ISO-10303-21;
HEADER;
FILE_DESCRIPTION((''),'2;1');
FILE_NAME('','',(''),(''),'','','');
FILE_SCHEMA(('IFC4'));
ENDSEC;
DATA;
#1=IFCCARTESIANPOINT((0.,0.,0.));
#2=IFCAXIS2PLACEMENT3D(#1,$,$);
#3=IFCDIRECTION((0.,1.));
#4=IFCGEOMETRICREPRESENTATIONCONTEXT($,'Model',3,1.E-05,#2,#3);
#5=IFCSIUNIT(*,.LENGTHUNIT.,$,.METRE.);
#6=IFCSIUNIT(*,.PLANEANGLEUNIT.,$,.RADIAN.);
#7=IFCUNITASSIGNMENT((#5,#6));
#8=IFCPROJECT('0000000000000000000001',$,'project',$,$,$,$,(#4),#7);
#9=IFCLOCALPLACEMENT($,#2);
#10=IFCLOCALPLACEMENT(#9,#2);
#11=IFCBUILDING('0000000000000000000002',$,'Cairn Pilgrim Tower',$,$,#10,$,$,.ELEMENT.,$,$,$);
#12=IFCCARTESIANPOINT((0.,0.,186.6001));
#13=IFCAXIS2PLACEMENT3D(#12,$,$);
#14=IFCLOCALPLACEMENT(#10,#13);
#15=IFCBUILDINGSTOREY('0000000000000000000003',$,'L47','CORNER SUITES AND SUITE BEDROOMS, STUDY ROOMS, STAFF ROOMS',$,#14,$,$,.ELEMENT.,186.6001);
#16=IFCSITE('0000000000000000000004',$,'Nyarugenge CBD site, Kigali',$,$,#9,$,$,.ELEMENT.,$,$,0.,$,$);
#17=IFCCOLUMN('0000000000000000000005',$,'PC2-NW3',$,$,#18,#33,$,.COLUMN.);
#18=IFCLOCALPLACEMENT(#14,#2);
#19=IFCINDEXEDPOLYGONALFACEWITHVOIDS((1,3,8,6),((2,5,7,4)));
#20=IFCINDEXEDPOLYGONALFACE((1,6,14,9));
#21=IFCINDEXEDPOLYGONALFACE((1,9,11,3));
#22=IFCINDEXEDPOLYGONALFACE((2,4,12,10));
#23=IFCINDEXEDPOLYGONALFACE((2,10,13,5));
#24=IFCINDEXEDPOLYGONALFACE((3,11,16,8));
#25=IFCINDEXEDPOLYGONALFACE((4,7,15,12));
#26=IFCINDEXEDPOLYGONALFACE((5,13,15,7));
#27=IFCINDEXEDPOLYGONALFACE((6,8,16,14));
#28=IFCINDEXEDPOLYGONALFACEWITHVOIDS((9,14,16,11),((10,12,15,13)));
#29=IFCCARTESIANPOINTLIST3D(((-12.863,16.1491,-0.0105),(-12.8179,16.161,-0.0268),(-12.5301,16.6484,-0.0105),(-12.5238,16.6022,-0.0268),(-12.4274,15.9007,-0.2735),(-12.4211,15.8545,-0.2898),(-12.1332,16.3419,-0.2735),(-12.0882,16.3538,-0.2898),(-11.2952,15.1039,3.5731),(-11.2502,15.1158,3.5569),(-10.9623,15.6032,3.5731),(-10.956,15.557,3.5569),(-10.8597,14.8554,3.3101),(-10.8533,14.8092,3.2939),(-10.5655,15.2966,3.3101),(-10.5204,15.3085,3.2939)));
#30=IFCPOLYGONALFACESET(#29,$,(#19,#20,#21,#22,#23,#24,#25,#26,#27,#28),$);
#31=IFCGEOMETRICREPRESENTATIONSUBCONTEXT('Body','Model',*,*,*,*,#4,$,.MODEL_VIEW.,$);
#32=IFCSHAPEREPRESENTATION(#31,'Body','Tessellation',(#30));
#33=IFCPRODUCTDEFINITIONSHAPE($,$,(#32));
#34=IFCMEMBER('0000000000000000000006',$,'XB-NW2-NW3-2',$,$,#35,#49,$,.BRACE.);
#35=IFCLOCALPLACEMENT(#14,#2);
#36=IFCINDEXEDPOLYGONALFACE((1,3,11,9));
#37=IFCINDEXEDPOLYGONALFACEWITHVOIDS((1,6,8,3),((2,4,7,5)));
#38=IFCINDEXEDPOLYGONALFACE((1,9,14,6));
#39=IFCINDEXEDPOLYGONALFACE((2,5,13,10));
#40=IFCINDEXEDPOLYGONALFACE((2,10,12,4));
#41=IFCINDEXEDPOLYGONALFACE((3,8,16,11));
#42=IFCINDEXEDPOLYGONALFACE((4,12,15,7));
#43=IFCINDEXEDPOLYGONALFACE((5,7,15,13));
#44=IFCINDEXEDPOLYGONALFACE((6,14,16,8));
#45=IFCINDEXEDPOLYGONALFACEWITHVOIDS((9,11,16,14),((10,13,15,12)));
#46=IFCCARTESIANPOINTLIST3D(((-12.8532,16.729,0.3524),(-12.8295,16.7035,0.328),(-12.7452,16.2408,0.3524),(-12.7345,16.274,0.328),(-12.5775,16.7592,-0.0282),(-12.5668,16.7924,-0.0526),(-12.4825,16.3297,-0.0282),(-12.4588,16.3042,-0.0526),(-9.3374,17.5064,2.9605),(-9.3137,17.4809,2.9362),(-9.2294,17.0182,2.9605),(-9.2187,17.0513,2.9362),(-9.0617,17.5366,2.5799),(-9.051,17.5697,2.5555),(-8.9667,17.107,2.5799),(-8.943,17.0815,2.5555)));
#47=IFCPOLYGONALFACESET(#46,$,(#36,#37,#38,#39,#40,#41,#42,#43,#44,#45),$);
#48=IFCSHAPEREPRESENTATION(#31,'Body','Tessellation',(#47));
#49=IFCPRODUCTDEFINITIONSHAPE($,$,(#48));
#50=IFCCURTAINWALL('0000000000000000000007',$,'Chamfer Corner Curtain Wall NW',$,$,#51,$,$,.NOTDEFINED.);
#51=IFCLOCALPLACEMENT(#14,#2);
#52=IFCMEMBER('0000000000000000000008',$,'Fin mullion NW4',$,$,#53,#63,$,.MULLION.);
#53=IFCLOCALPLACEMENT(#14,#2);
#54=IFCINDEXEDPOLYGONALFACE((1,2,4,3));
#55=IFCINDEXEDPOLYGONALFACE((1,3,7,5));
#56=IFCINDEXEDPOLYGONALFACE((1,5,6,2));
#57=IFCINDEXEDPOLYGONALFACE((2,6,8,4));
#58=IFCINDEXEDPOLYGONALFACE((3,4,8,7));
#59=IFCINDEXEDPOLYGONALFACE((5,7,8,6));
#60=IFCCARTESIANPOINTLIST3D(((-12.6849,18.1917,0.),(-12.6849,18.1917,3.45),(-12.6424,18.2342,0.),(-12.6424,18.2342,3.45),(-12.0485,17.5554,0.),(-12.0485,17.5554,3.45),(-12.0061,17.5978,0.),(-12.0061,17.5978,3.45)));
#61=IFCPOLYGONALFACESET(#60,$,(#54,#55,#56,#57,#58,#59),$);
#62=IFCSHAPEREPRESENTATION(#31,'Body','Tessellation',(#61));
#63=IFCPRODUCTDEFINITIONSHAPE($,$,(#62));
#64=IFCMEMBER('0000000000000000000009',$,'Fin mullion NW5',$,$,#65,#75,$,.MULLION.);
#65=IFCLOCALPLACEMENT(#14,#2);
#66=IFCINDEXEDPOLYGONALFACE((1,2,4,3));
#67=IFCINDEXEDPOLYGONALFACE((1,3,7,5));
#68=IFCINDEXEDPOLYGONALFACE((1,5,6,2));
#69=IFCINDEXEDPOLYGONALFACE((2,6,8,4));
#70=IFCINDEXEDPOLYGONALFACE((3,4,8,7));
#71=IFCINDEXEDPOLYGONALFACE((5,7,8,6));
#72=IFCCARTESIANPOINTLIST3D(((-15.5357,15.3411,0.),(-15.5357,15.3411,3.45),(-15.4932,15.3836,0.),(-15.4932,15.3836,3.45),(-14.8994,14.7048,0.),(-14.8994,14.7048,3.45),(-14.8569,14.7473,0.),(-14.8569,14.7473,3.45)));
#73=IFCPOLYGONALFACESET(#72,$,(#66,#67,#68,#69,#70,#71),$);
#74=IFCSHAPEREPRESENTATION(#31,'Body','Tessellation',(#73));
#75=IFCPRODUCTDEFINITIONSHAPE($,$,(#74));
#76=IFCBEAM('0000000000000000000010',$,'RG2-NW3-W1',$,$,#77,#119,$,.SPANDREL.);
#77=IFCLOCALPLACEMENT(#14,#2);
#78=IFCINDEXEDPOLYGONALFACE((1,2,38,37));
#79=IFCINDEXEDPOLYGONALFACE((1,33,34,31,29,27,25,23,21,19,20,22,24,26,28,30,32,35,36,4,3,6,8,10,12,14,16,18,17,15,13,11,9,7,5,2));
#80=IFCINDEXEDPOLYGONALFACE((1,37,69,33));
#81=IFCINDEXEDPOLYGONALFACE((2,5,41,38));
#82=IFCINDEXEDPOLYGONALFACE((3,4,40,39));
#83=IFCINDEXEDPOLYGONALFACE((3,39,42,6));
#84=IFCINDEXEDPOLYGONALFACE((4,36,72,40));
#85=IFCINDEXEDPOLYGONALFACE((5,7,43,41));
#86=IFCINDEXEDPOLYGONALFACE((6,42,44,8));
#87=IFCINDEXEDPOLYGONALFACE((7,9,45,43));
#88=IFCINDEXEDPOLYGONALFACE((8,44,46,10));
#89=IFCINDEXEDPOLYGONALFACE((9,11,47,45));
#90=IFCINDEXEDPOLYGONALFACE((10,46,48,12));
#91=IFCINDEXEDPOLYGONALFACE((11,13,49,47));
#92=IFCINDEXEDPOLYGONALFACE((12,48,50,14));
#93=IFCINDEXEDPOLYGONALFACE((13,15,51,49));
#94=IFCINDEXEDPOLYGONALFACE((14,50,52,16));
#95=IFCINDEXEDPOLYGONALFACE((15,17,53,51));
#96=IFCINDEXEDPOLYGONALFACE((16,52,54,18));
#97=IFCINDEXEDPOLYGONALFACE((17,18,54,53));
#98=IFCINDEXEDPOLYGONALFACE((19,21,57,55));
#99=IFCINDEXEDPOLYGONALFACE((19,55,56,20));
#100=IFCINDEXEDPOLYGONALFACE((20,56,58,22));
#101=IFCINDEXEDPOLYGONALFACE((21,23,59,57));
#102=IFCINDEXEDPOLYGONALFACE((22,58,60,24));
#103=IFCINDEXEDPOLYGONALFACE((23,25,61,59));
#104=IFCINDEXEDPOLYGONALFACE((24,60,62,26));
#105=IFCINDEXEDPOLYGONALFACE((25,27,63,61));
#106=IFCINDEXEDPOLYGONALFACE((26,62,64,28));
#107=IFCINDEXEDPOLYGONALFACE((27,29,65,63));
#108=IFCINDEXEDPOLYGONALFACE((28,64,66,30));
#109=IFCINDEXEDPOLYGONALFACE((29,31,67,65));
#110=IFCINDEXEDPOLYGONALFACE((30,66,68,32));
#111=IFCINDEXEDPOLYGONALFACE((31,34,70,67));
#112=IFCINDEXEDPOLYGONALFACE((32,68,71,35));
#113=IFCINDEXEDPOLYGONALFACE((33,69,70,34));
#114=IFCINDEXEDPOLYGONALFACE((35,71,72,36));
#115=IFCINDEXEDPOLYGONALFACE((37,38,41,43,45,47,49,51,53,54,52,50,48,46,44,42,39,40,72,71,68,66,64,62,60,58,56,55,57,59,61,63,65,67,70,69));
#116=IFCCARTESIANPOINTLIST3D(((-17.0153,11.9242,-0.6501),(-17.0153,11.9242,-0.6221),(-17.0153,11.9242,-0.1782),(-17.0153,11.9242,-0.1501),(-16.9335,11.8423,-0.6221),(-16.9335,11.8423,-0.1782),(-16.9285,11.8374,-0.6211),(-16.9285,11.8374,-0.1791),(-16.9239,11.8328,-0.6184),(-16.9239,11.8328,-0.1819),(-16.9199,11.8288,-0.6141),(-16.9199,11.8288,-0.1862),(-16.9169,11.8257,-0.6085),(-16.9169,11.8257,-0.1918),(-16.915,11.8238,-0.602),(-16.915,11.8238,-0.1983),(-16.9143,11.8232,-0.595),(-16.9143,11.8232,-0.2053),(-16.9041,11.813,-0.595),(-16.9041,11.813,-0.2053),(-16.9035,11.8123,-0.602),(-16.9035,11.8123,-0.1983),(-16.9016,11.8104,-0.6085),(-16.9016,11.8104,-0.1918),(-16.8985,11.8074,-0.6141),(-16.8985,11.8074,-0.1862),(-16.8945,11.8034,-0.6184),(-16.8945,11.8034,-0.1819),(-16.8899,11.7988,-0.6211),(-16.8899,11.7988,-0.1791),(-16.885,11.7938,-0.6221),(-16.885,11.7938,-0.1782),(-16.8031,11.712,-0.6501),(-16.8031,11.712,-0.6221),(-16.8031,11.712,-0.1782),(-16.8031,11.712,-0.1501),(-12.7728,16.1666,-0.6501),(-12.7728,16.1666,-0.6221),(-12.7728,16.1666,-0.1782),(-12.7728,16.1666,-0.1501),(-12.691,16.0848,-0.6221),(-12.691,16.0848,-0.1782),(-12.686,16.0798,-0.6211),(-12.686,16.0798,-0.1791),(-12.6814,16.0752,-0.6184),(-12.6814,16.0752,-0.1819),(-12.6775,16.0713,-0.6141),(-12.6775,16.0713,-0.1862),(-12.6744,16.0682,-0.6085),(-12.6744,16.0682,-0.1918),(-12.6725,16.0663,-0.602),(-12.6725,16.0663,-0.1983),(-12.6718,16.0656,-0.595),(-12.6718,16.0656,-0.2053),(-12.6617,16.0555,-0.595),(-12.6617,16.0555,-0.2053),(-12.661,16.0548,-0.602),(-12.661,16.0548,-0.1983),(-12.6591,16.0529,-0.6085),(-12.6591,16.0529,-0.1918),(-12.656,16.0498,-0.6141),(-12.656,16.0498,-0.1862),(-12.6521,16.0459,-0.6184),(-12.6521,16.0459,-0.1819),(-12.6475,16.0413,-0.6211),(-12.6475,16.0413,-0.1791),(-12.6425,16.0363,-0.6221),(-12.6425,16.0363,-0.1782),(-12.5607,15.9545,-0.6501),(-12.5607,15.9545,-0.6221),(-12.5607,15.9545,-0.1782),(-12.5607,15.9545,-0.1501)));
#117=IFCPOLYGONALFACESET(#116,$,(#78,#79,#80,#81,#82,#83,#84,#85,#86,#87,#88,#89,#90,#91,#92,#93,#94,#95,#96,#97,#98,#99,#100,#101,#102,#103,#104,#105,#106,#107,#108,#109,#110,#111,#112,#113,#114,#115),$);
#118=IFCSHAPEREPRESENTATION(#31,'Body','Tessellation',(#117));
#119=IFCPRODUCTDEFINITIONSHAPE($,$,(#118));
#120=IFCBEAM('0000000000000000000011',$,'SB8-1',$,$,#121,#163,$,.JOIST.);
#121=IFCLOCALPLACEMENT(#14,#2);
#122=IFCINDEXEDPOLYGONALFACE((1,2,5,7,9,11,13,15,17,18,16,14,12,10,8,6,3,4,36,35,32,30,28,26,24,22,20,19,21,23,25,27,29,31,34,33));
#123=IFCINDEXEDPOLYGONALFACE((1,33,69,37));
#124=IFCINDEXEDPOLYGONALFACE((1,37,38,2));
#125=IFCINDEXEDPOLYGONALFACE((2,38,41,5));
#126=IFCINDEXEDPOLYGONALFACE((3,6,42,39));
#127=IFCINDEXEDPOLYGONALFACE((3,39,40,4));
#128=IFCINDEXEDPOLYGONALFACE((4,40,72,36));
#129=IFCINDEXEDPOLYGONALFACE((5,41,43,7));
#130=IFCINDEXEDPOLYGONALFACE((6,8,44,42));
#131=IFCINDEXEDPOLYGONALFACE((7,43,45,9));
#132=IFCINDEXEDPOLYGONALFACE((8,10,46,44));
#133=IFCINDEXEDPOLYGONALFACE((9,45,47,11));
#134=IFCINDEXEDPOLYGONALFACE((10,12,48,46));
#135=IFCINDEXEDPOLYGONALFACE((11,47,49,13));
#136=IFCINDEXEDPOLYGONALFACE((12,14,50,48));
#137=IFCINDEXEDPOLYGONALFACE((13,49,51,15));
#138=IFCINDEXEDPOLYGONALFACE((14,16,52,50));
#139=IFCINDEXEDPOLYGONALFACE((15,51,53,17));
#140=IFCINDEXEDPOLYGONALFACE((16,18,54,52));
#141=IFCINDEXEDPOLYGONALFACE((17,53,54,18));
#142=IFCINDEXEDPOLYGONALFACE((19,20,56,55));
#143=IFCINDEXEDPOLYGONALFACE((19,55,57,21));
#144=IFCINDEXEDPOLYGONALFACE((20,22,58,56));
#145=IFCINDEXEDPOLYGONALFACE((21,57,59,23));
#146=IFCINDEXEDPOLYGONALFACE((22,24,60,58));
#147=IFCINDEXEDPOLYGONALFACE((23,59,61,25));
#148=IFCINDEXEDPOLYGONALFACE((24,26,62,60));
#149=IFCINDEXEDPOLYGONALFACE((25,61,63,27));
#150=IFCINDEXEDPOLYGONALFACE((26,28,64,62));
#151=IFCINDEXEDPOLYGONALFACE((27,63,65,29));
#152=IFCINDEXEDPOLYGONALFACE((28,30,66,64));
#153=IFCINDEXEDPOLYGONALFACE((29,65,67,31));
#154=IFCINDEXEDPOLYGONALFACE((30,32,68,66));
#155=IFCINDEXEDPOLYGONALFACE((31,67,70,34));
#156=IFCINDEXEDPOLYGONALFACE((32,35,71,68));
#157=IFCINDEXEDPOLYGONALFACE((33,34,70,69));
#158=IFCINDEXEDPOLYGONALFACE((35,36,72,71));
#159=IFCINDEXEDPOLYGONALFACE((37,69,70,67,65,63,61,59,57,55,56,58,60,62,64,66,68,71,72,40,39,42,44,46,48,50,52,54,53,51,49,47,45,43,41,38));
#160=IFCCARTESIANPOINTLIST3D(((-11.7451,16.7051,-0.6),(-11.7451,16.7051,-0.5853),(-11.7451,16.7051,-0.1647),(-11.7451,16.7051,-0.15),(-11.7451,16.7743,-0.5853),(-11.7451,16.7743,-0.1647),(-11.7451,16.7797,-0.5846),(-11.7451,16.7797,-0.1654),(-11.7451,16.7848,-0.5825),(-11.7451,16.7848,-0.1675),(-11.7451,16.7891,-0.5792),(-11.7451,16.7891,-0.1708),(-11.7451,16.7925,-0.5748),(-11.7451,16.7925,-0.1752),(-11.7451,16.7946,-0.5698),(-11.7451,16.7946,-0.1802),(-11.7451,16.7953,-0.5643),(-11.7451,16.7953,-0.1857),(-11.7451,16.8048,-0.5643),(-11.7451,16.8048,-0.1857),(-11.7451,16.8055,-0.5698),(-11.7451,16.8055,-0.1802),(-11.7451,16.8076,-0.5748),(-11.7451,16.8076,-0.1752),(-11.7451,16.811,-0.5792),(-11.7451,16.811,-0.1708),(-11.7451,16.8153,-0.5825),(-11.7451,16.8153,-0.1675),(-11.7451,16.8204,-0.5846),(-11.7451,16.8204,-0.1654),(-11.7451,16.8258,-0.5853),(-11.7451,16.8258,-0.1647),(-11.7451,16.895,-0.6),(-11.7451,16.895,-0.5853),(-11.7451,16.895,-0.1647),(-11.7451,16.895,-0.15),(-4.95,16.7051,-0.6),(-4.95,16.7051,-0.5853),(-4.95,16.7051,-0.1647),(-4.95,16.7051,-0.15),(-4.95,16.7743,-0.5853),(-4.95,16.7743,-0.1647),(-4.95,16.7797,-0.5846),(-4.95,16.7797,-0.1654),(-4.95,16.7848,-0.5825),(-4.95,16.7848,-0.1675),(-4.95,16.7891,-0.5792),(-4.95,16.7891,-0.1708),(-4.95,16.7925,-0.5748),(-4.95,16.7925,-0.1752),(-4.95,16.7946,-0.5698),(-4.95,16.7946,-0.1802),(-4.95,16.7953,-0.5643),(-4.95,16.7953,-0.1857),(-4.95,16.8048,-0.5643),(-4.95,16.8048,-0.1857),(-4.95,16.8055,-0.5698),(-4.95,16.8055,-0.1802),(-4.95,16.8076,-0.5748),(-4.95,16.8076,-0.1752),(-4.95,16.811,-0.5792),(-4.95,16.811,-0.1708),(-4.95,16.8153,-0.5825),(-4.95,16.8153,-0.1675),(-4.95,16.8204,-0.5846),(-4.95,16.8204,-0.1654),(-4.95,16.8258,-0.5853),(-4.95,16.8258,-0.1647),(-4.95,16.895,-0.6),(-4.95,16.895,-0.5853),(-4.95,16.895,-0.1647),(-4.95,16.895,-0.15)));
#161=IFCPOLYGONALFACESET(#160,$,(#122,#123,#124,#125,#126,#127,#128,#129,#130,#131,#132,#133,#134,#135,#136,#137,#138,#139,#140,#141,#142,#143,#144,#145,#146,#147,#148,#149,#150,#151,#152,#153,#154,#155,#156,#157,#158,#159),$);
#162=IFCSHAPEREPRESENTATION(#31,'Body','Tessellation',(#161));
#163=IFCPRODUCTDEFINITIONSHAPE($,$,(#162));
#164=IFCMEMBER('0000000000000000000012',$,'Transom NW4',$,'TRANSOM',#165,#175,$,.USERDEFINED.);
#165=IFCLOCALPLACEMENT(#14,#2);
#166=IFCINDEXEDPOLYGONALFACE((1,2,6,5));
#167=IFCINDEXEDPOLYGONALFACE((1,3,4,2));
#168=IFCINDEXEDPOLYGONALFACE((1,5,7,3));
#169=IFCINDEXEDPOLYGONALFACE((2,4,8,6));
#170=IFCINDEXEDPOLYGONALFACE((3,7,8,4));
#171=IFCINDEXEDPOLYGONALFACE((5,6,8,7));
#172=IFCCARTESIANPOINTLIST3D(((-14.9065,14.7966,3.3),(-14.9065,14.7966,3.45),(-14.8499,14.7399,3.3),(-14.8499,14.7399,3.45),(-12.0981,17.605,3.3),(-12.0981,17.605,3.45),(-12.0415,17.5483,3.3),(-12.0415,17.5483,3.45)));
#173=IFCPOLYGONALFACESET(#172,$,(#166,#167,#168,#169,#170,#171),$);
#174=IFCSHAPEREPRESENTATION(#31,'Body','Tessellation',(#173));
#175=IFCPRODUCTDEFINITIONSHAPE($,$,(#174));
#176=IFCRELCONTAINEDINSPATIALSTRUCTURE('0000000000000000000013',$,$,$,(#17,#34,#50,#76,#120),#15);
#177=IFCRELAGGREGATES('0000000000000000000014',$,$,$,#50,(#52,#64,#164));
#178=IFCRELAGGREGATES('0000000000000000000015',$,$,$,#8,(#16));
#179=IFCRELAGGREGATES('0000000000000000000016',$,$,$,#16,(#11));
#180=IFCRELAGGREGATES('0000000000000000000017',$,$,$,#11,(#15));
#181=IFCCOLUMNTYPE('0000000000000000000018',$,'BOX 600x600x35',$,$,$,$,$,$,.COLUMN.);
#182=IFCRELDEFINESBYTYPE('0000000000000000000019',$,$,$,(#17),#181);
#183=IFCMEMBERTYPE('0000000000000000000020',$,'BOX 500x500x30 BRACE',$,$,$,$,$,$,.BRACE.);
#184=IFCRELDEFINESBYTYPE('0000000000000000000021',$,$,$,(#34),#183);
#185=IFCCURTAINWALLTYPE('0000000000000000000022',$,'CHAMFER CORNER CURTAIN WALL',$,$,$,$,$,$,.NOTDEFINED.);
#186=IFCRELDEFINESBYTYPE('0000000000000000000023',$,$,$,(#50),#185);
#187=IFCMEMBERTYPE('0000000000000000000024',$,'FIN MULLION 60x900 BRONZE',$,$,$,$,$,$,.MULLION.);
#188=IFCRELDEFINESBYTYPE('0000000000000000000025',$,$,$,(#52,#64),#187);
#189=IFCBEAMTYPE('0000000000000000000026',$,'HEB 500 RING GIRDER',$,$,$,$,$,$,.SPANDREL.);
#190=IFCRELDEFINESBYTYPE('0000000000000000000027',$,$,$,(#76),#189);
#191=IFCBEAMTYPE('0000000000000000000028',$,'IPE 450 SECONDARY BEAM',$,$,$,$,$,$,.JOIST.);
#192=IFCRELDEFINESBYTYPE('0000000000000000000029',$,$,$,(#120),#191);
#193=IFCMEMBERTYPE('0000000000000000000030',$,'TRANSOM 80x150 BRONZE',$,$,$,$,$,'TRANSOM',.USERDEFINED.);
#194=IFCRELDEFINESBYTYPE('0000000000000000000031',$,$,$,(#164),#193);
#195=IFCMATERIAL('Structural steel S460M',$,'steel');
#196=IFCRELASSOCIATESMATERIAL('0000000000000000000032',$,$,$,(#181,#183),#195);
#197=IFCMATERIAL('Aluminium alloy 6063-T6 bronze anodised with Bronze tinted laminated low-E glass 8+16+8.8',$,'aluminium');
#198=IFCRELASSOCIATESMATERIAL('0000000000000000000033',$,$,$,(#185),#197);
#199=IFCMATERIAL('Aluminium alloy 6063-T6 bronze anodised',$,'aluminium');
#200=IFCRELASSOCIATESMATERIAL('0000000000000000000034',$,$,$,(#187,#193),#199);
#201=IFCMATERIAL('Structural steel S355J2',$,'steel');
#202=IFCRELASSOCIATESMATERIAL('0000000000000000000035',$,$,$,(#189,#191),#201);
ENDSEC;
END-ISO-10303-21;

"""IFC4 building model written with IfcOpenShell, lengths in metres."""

from ifc_helpers import new_model, si_unit, direction, frame, origin, origin_2d, place, context, subcontext, project, spatial, rectangle, hollow_rectangle, i_section, extrude, clip, halfspace, material, material_profile, profile_set, type_object, element, aggregate, save


model = new_model("IFC4")

# Units and contexts
model_context = context("Model", 3, precision=1e-05, world=origin(), true_north=direction((0.0, 1.0)))
body_context = subcontext(model_context, "Body", "Model", "MODEL_VIEW")
ifc_project = project(units=[si_unit("LENGTHUNIT", "METRE"), si_unit("PLANEANGLEUNIT", "RADIAN")], contexts=[model_context])

# Site, building, storey
site_placement = place(None, origin())
site = spatial("IfcSite", under=ifc_project, at=site_placement, Name="Nyarugenge CBD site, Kigali", CompositionType="ELEMENT", RefElevation=0.0)
building_placement = place(site_placement, origin())
building = spatial("IfcBuilding", under=site, at=building_placement, Name="Cairn Pilgrim Tower", CompositionType="ELEMENT")
storey_placement = place(building_placement, frame((0.0, 0.0, 186.6001)))
storey = spatial("IfcBuildingStorey", under=building, at=storey_placement, Name="L47", Description="CORNER SUITES AND SUITE BEDROOMS, STUDY ROOMS, STAFF ROOMS", CompositionType="ELEMENT", Elevation=186.6001)

# Column
ifc_material_1 = material(Name="Structural steel S460M", Category="steel")
ifc_material_profile_1 = material_profile(ifc_material_1, hollow_rectangle(XDim=0.6001, YDim=0.6001, WallThickness=0.0349, at=origin_2d()), Name="BOX 600x600x35")
ifc_profile_set_1 = profile_set([ifc_material_profile_1], Name="Structural steel S460M")
column_type = type_object("IfcColumnType", Name="BOX 600x600x35", PredefinedType="COLUMN", material=ifc_profile_set_1)
column_placement = place(storey_placement, frame((-12.4756, 16.2515, -0.1501), z_axis=(0.387213, -0.258162, 0.885109), x_axis=(0.55473, 0.83203, 0.0)))
element("IfcColumn", 1, at=column_placement, inside=storey, type_object=column_type, Name="PC2-NW3", PredefinedType="COLUMN", context=body_context, shape_type="Clipping", body=[
    clip(extrude(hollow_rectangle(XDim=0.6001, YDim=0.6001, WallThickness=0.0349, at=origin_2d()), origin(), (0.0, 0.0, 1.0), 4.0674), halfspace(frame((0.0, 0.0, 4.0488), z_axis=(0.0, 0.0, 1.0), x_axis=(1.0, 0.0, 0.0)), False)),
])

# Member
ifc_material_profile_2 = material_profile(ifc_material_1, hollow_rectangle(XDim=0.5, YDim=0.5, WallThickness=0.03, at=origin_2d()), Name="BOX 500x500x30")
ifc_profile_set_2 = profile_set([ifc_material_profile_2], Name="Structural steel S460M")
member_type_1 = type_object("IfcMemberType", Name="BOX 500x500x30 BRACE", PredefinedType="BRACE", material=ifc_profile_set_2)
member_1_placement = place(storey_placement, frame((-12.656, 16.5166, 0.1499), z_axis=(0.790771, 0.174836, 0.586612), x_axis=(-0.215882, 0.976419, 0.0)))
element("IfcMember", 2, at=member_1_placement, inside=storey, type_object=member_type_1, Name="XB-NW2-NW3-2", PredefinedType="BRACE", context=body_context, shape_type="SweptSolid", body=[
    extrude(hollow_rectangle(XDim=0.5, YDim=0.5, WallThickness=0.03, at=origin_2d()), origin(), (0.0, 0.0, 1.0), 4.446),
])

# Curtain wall, members
ifc_material_2 = material(Name="Aluminium alloy 6063-T6 bronze anodised with Bronze tinted laminated low-E glass 8+16+8.8", Category="aluminium")
curtain_wall_type = type_object("IfcCurtainWallType", Name="CHAMFER CORNER CURTAIN WALL", PredefinedType="NOTDEFINED", material=ifc_material_2)
curtain_wall_placement = place(storey_placement, origin())
curtain_wall = element("IfcCurtainWall", 3, at=curtain_wall_placement, inside=storey, type_object=curtain_wall_type, Name="Chamfer Corner Curtain Wall NW", PredefinedType="NOTDEFINED")
ifc_material_3 = material(Name="Aluminium alloy 6063-T6 bronze anodised", Category="aluminium")
ifc_material_profile_3 = material_profile(ifc_material_3, rectangle(XDim=0.8999, YDim=0.0601, at=origin_2d()), Name="FIN MULLION 60x900 BRONZE")
ifc_profile_set_3 = profile_set([ifc_material_profile_3], Name="Aluminium alloy 6063-T6 bronze anodised")
member_type_2 = type_object("IfcMemberType", Name="FIN MULLION 60x900 BRONZE", PredefinedType="MULLION", material=ifc_profile_set_3)
member_2_placement = place(storey_placement, frame((-12.3455, 17.8948, 0.0), z_axis=(0.0, 0.0, 1.0), x_axis=(-0.707107, 0.707107, 0.0)))
member_2 = element("IfcMember", 4, at=member_2_placement, type_object=member_type_2, Name="Fin mullion NW4", PredefinedType="MULLION", context=body_context, shape_type="SweptSolid", body=[
    extrude(rectangle(XDim=0.8999, YDim=0.0601, at=origin_2d()), origin(), (0.0, 0.0, 1.0), 3.45),
])
member_3_placement = place(storey_placement, frame((-15.1963, 15.0442, 0.0), z_axis=(0.0, 0.0, 1.0), x_axis=(-0.707107, 0.707107, 0.0)))
member_3 = element("IfcMember", 5, at=member_3_placement, type_object=member_type_2, Name="Fin mullion NW5", PredefinedType="MULLION", context=body_context, shape_type="SweptSolid", body=[
    extrude(rectangle(XDim=0.8999, YDim=0.0601, at=origin_2d()), origin(), (0.0, 0.0, 1.0), 3.45),
])

# Beams
ifc_material_4 = material(Name="Structural steel S355J2", Category="steel")
ifc_material_profile_4 = material_profile(ifc_material_4, i_section(OverallWidth=0.3, OverallDepth=0.5, WebThickness=0.0144, FlangeThickness=0.0281, FilletRadius=0.0271, at=origin_2d()), Name="HEB 500")
ifc_profile_set_4 = profile_set([ifc_material_profile_4], Name="Structural steel S355J2")
beam_type_1 = type_object("IfcBeamType", Name="HEB 500 RING GIRDER", PredefinedType="SPANDREL", material=ifc_profile_set_4)
beam_1_placement = place(storey_placement, frame((-12.6667, 16.0605, -0.4001), z_axis=(-0.707107, -0.707107, 0.0), x_axis=(0.707107, -0.707107, 0.0)))
element("IfcBeam", 6, at=beam_1_placement, inside=storey, type_object=beam_type_1, Name="RG2-NW3-W1", PredefinedType="SPANDREL", context=body_context, shape_type="SweptSolid", body=[
    extrude(i_section(OverallWidth=0.3, OverallDepth=0.5, WebThickness=0.0144, FlangeThickness=0.0281, FilletRadius=0.0271, at=origin_2d()), origin(), (0.0, 0.0, 1.0), 5.9998),
])
ifc_material_profile_5 = material_profile(ifc_material_4, i_section(OverallWidth=0.1899, OverallDepth=0.45, WebThickness=0.0095, FlangeThickness=0.0146, FilletRadius=0.021, at=origin_2d()), Name="IPE 450")
ifc_profile_set_5 = profile_set([ifc_material_profile_5], Name="Structural steel S355J2")
beam_type_2 = type_object("IfcBeamType", Name="IPE 450 SECONDARY BEAM", PredefinedType="JOIST", material=ifc_profile_set_5)
beam_2_placement = place(storey_placement, frame((-11.7451, 16.8, -0.375), z_axis=(1.0, 0.0, 0.0), x_axis=(0.0, 1.0, 0.0)))
element("IfcBeam", 7, at=beam_2_placement, inside=storey, type_object=beam_type_2, Name="SB8-1", PredefinedType="JOIST", context=body_context, shape_type="SweptSolid", body=[
    extrude(i_section(OverallWidth=0.1899, OverallDepth=0.45, WebThickness=0.0095, FlangeThickness=0.0146, FilletRadius=0.021, at=origin_2d()), origin(), (0.0, 0.0, 1.0), 6.7952),
])

# Member
ifc_material_profile_6 = material_profile(ifc_material_3, rectangle(XDim=0.0801, YDim=0.1499, at=origin_2d()), Name="TRANSOM 80x150 BRONZE")
ifc_profile_set_6 = profile_set([ifc_material_profile_6], Name="Aluminium alloy 6063-T6 bronze anodised")
member_type_3 = type_object("IfcMemberType", Name="TRANSOM 80x150 BRONZE", ElementType="TRANSOM", PredefinedType="USERDEFINED", material=ifc_profile_set_6)
member_4_placement = place(storey_placement, frame((-12.0698, 17.5767, 3.375), z_axis=(-0.707107, -0.707107, 0.0), x_axis=(0.707107, -0.707107, 0.0)))
member_4 = element("IfcMember", 8, at=member_4_placement, type_object=member_type_3, Name="Transom NW4", ObjectType="TRANSOM", PredefinedType="USERDEFINED", context=body_context, shape_type="SweptSolid", body=[
    extrude(rectangle(XDim=0.0801, YDim=0.1499, at=origin_2d()), origin(), (0.0, 0.0, 1.0), 3.9717),
])

aggregate(curtain_wall, [member_2, member_3, member_4])

save(model, "model.ifc")
